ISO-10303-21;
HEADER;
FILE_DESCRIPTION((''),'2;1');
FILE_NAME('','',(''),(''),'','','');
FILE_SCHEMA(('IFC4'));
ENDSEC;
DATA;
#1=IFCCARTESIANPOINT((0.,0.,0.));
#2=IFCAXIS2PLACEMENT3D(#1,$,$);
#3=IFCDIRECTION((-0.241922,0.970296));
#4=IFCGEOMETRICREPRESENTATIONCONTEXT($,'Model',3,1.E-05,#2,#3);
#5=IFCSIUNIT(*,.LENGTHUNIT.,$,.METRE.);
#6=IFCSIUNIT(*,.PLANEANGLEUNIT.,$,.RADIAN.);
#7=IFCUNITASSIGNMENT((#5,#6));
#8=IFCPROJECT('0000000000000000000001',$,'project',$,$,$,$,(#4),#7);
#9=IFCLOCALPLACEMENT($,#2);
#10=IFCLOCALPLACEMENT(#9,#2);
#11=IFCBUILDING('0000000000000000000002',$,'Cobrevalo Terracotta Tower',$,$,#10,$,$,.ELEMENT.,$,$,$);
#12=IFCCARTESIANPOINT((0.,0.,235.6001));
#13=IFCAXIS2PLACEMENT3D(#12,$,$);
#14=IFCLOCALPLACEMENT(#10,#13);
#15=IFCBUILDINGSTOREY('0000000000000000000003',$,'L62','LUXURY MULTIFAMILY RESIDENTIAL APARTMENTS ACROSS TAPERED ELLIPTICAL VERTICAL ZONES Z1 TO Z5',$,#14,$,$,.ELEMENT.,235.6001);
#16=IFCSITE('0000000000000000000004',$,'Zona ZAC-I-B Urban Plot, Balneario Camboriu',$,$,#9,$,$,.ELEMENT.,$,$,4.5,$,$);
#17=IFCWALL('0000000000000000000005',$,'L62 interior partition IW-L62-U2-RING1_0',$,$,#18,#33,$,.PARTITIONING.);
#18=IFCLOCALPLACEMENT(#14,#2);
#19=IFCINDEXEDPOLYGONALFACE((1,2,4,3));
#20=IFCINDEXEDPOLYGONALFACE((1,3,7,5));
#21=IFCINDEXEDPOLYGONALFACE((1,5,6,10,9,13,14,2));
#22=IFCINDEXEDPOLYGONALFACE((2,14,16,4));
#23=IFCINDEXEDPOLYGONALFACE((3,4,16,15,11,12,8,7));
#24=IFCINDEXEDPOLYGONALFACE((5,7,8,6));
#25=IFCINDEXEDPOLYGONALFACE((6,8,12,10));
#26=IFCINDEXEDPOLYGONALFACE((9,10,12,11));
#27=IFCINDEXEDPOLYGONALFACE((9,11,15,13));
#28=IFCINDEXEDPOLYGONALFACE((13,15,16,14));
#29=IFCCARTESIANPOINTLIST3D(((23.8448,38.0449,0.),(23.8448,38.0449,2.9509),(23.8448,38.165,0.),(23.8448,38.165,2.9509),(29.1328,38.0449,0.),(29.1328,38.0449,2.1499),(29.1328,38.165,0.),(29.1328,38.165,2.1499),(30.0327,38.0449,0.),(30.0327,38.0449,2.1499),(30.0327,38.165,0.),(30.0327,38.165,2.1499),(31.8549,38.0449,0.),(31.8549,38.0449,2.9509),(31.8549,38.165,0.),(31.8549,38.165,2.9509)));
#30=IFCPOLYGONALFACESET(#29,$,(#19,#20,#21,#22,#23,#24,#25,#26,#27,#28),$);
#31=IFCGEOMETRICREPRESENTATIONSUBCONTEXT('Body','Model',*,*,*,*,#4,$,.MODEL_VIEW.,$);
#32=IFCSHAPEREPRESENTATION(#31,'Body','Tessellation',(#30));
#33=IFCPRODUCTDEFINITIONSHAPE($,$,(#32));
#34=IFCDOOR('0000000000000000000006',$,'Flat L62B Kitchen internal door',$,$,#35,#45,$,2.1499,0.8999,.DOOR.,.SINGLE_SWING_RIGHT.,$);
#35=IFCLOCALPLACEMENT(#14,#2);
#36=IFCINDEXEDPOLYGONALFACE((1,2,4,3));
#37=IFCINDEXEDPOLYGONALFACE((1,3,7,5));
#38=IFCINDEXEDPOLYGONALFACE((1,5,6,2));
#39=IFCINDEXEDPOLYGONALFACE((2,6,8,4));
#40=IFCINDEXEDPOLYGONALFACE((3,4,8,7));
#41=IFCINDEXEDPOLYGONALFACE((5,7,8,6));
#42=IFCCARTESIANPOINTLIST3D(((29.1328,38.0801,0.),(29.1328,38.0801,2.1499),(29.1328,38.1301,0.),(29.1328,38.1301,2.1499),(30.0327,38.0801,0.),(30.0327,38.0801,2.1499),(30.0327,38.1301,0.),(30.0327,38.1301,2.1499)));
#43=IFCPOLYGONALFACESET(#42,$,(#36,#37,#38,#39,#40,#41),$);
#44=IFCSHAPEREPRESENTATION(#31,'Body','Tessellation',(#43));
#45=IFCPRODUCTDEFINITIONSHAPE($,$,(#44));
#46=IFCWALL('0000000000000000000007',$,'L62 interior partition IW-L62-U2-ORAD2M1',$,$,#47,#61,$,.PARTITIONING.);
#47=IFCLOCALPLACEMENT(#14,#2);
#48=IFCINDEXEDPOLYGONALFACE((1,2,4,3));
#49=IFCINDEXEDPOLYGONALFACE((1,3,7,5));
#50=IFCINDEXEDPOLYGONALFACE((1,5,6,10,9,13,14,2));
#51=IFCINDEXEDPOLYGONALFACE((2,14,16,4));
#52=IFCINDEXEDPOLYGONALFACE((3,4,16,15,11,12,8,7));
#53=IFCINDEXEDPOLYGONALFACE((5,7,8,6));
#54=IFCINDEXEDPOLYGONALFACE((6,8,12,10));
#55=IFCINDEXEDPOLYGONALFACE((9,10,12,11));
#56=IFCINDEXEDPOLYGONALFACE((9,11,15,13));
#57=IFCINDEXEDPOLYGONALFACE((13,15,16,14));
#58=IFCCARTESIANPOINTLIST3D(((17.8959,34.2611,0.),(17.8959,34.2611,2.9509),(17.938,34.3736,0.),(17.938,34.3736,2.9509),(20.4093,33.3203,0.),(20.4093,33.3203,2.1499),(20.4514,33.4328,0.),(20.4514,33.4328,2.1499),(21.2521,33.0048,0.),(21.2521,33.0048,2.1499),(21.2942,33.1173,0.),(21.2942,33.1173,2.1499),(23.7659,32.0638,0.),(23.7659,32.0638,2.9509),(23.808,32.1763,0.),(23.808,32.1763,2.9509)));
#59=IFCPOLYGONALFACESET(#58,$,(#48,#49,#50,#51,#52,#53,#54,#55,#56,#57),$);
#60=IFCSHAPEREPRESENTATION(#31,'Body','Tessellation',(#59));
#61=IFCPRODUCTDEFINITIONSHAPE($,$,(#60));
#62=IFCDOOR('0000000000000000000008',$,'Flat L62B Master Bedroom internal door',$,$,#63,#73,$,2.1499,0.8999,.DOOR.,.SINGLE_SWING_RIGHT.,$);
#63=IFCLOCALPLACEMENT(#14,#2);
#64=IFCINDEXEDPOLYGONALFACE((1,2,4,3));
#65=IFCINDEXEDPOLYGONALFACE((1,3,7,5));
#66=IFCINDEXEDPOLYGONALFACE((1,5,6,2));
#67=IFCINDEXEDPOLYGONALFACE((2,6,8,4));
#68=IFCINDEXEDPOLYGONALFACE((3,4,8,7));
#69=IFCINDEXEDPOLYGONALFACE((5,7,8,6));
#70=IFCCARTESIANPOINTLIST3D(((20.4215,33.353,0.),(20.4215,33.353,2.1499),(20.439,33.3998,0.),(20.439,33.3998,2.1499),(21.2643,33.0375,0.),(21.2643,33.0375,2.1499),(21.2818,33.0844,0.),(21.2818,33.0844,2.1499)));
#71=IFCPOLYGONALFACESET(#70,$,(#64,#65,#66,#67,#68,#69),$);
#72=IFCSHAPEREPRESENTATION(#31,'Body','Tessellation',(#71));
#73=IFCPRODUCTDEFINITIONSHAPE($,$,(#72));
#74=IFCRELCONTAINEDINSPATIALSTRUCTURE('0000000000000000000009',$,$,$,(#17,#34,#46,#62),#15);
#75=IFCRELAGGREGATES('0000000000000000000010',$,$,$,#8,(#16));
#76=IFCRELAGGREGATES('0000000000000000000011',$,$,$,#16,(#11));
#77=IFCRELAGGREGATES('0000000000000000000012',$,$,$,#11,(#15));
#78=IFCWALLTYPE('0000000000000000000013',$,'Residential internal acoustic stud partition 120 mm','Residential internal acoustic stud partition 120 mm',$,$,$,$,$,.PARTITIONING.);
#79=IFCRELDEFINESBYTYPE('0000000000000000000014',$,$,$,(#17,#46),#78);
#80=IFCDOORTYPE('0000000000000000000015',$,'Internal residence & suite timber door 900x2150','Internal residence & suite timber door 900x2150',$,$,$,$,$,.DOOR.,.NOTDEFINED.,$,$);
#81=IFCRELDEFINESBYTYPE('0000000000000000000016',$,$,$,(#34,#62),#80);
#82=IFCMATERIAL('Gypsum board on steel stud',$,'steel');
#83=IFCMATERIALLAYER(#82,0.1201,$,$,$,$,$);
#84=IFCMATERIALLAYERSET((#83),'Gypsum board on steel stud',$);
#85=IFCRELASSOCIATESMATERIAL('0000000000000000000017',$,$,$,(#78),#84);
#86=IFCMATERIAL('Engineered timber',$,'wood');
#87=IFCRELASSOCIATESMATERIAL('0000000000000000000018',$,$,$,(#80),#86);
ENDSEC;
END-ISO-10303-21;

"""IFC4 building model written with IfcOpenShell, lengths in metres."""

from ifc_helpers import new_model, si_unit, direction, frame, frame_2d, origin, place, context, subcontext, project, spatial, rectangle, extrude, source, transform, mapped, material, layer, layer_set, type_object, element, fill, save


model = new_model("IFC4")

# Units and contexts
model_context = context("Model", 3, precision=1e-05, world=origin(), true_north=direction((-0.241922, 0.970296)))
body_context = subcontext(model_context, "Body", "Model", "MODEL_VIEW")
ifc_project = project(units=[si_unit("LENGTHUNIT", "METRE"), si_unit("PLANEANGLEUNIT", "RADIAN")], contexts=[model_context])

# Site, building, storey
site_placement = place(None, origin())
site = spatial("IfcSite", under=ifc_project, at=site_placement, Name="Zona ZAC-I-B Urban Plot, Balneario Camboriu", CompositionType="ELEMENT", RefElevation=4.5)
building_placement = place(site_placement, origin())
building = spatial("IfcBuilding", under=site, at=building_placement, Name="Cobrevalo Terracotta Tower", CompositionType="ELEMENT")
storey_placement = place(building_placement, frame((0.0, 0.0, 235.6001)))
storey = spatial("IfcBuildingStorey", under=building, at=storey_placement, Name="L62", Description="LUXURY MULTIFAMILY RESIDENTIAL APARTMENTS ACROSS TAPERED ELLIPTICAL VERTICAL ZONES Z1 TO Z5", CompositionType="ELEMENT", Elevation=235.6001)

# Walls, openings, doors
ifc_material_1 = material(Name="Gypsum board on steel stud", Category="steel")
ifc_layer_1 = layer(ifc_material_1, 0.1201)
ifc_layer_set_1 = layer_set([ifc_layer_1], Name="Gypsum board on steel stud")
wall_type = type_object("IfcWallType", Name="Residential internal acoustic stud partition 120 mm", Description="Residential internal acoustic stud partition 120 mm", PredefinedType="PARTITIONING", material=ifc_layer_set_1)
wall_1_placement = place(storey_placement, frame((23.845, 38.105, 0.0), z_axis=(0.0, 0.0, 1.0), x_axis=(1.0, 0.0, 0.0)))
wall_1 = element("IfcWall", 1, at=wall_1_placement, inside=storey, type_object=wall_type, Name="L62 interior partition IW-L62-U2-RING1_0", PredefinedType="PARTITIONING", context=body_context, shape_type="SweptSolid", body=[
    extrude(rectangle(XDim=8.01, YDim=0.1201, at=frame_2d((4.0049, 0.0))), origin(), (0.0, 0.0, 1.0), 2.9509),
])
opening_1_placement = place(wall_1_placement, frame((5.2878, 0.0, 0.0)))
opening_1 = element("IfcOpeningElement", 2, at=opening_1_placement, cuts=wall_1, PredefinedType="OPENING", context=body_context, shape_type="SweptSolid", body=[
    extrude(rectangle(XDim=0.8999, YDim=2.1499, at=frame_2d((0.45, 1.075))), frame((0.0, 0.0701, 0.0), z_axis=(0.0, -1.0, 0.0), x_axis=(1.0, 0.0, 0.0)), (0.0, 0.0, 1.0), 0.1401),
])
ifc_material_2 = material(Name="Engineered timber", Category="wood")
door_type = type_object("IfcDoorType", Name="Internal residence & suite timber door 900x2150", Description="Internal residence & suite timber door 900x2150", OperationType="NOTDEFINED", PredefinedType="DOOR", material=ifc_material_2)
shared_shape_1 = source(origin(), body_context, "Body", "SweptSolid", [
    extrude(rectangle(XDim=0.8999, YDim=2.1499, at=frame_2d((0.45, 1.075))), frame((0.0, 0.0249, 0.0), z_axis=(0.0, -1.0, 0.0), x_axis=(1.0, 0.0, 0.0)), (0.0, 0.0, 1.0), 0.05),
])
door_1_placement = place(opening_1_placement, frame((0.8999, 0.0, 0.0), z_axis=(0.0, 0.0, 1.0), x_axis=(-1.0, 0.0, 0.0)))
door_1 = element("IfcDoor", 3, at=door_1_placement, inside=storey, type_object=door_type, Name="Flat L62B Kitchen internal door", OperationType="SINGLE_SWING_RIGHT", OverallHeight=2.1499, OverallWidth=0.8999, PredefinedType="DOOR", context=body_context, shape_type="MappedRepresentation", body=[
    mapped(shared_shape_1, transform((0.0, 0.0, 0.0), scale=1.0)),
])
fill(opening_1, door_1)
wall_2_placement = place(storey_placement, frame((23.7869, 32.1201, 0.0), z_axis=(0.0, 0.0, 1.0), x_axis=(-0.93654, 0.35056, 0.0)))
wall_2 = element("IfcWall", 4, at=wall_2_placement, inside=storey, type_object=wall_type, Name="L62 interior partition IW-L62-U2-ORAD2M1", PredefinedType="PARTITIONING", context=body_context, shape_type="SweptSolid", body=[
    extrude(rectangle(XDim=6.2678, YDim=0.1201, at=frame_2d((3.1338, 0.0))), origin(), (0.0, 0.0, 1.0), 2.9509),
])
opening_2_placement = place(wall_2_placement, frame((2.6841, 0.0, 0.0)))
opening_2 = element("IfcOpeningElement", 5, at=opening_2_placement, cuts=wall_2, PredefinedType="OPENING", context=body_context, shape_type="SweptSolid", body=[
    extrude(rectangle(XDim=0.8999, YDim=2.1499, at=frame_2d((0.45, 1.075))), frame((0.0, 0.0701, 0.0), z_axis=(0.0, -1.0, 0.0), x_axis=(1.0, 0.0, 0.0)), (0.0, 0.0, 1.0), 0.1401),
])
door_2_placement = place(opening_2_placement, frame((0.8999, 0.0, 0.0), z_axis=(0.0, 0.0, 1.0), x_axis=(-1.0, 0.0, 0.0)))
door_2 = element("IfcDoor", 6, at=door_2_placement, inside=storey, type_object=door_type, Name="Flat L62B Master Bedroom internal door", OperationType="SINGLE_SWING_RIGHT", OverallHeight=2.1499, OverallWidth=0.8999, PredefinedType="DOOR", context=body_context, shape_type="MappedRepresentation", body=[
    mapped(shared_shape_1, transform((0.0, 0.0, 0.0), scale=1.0)),
])
fill(opening_2, door_2)

save(model, "model.ifc")
